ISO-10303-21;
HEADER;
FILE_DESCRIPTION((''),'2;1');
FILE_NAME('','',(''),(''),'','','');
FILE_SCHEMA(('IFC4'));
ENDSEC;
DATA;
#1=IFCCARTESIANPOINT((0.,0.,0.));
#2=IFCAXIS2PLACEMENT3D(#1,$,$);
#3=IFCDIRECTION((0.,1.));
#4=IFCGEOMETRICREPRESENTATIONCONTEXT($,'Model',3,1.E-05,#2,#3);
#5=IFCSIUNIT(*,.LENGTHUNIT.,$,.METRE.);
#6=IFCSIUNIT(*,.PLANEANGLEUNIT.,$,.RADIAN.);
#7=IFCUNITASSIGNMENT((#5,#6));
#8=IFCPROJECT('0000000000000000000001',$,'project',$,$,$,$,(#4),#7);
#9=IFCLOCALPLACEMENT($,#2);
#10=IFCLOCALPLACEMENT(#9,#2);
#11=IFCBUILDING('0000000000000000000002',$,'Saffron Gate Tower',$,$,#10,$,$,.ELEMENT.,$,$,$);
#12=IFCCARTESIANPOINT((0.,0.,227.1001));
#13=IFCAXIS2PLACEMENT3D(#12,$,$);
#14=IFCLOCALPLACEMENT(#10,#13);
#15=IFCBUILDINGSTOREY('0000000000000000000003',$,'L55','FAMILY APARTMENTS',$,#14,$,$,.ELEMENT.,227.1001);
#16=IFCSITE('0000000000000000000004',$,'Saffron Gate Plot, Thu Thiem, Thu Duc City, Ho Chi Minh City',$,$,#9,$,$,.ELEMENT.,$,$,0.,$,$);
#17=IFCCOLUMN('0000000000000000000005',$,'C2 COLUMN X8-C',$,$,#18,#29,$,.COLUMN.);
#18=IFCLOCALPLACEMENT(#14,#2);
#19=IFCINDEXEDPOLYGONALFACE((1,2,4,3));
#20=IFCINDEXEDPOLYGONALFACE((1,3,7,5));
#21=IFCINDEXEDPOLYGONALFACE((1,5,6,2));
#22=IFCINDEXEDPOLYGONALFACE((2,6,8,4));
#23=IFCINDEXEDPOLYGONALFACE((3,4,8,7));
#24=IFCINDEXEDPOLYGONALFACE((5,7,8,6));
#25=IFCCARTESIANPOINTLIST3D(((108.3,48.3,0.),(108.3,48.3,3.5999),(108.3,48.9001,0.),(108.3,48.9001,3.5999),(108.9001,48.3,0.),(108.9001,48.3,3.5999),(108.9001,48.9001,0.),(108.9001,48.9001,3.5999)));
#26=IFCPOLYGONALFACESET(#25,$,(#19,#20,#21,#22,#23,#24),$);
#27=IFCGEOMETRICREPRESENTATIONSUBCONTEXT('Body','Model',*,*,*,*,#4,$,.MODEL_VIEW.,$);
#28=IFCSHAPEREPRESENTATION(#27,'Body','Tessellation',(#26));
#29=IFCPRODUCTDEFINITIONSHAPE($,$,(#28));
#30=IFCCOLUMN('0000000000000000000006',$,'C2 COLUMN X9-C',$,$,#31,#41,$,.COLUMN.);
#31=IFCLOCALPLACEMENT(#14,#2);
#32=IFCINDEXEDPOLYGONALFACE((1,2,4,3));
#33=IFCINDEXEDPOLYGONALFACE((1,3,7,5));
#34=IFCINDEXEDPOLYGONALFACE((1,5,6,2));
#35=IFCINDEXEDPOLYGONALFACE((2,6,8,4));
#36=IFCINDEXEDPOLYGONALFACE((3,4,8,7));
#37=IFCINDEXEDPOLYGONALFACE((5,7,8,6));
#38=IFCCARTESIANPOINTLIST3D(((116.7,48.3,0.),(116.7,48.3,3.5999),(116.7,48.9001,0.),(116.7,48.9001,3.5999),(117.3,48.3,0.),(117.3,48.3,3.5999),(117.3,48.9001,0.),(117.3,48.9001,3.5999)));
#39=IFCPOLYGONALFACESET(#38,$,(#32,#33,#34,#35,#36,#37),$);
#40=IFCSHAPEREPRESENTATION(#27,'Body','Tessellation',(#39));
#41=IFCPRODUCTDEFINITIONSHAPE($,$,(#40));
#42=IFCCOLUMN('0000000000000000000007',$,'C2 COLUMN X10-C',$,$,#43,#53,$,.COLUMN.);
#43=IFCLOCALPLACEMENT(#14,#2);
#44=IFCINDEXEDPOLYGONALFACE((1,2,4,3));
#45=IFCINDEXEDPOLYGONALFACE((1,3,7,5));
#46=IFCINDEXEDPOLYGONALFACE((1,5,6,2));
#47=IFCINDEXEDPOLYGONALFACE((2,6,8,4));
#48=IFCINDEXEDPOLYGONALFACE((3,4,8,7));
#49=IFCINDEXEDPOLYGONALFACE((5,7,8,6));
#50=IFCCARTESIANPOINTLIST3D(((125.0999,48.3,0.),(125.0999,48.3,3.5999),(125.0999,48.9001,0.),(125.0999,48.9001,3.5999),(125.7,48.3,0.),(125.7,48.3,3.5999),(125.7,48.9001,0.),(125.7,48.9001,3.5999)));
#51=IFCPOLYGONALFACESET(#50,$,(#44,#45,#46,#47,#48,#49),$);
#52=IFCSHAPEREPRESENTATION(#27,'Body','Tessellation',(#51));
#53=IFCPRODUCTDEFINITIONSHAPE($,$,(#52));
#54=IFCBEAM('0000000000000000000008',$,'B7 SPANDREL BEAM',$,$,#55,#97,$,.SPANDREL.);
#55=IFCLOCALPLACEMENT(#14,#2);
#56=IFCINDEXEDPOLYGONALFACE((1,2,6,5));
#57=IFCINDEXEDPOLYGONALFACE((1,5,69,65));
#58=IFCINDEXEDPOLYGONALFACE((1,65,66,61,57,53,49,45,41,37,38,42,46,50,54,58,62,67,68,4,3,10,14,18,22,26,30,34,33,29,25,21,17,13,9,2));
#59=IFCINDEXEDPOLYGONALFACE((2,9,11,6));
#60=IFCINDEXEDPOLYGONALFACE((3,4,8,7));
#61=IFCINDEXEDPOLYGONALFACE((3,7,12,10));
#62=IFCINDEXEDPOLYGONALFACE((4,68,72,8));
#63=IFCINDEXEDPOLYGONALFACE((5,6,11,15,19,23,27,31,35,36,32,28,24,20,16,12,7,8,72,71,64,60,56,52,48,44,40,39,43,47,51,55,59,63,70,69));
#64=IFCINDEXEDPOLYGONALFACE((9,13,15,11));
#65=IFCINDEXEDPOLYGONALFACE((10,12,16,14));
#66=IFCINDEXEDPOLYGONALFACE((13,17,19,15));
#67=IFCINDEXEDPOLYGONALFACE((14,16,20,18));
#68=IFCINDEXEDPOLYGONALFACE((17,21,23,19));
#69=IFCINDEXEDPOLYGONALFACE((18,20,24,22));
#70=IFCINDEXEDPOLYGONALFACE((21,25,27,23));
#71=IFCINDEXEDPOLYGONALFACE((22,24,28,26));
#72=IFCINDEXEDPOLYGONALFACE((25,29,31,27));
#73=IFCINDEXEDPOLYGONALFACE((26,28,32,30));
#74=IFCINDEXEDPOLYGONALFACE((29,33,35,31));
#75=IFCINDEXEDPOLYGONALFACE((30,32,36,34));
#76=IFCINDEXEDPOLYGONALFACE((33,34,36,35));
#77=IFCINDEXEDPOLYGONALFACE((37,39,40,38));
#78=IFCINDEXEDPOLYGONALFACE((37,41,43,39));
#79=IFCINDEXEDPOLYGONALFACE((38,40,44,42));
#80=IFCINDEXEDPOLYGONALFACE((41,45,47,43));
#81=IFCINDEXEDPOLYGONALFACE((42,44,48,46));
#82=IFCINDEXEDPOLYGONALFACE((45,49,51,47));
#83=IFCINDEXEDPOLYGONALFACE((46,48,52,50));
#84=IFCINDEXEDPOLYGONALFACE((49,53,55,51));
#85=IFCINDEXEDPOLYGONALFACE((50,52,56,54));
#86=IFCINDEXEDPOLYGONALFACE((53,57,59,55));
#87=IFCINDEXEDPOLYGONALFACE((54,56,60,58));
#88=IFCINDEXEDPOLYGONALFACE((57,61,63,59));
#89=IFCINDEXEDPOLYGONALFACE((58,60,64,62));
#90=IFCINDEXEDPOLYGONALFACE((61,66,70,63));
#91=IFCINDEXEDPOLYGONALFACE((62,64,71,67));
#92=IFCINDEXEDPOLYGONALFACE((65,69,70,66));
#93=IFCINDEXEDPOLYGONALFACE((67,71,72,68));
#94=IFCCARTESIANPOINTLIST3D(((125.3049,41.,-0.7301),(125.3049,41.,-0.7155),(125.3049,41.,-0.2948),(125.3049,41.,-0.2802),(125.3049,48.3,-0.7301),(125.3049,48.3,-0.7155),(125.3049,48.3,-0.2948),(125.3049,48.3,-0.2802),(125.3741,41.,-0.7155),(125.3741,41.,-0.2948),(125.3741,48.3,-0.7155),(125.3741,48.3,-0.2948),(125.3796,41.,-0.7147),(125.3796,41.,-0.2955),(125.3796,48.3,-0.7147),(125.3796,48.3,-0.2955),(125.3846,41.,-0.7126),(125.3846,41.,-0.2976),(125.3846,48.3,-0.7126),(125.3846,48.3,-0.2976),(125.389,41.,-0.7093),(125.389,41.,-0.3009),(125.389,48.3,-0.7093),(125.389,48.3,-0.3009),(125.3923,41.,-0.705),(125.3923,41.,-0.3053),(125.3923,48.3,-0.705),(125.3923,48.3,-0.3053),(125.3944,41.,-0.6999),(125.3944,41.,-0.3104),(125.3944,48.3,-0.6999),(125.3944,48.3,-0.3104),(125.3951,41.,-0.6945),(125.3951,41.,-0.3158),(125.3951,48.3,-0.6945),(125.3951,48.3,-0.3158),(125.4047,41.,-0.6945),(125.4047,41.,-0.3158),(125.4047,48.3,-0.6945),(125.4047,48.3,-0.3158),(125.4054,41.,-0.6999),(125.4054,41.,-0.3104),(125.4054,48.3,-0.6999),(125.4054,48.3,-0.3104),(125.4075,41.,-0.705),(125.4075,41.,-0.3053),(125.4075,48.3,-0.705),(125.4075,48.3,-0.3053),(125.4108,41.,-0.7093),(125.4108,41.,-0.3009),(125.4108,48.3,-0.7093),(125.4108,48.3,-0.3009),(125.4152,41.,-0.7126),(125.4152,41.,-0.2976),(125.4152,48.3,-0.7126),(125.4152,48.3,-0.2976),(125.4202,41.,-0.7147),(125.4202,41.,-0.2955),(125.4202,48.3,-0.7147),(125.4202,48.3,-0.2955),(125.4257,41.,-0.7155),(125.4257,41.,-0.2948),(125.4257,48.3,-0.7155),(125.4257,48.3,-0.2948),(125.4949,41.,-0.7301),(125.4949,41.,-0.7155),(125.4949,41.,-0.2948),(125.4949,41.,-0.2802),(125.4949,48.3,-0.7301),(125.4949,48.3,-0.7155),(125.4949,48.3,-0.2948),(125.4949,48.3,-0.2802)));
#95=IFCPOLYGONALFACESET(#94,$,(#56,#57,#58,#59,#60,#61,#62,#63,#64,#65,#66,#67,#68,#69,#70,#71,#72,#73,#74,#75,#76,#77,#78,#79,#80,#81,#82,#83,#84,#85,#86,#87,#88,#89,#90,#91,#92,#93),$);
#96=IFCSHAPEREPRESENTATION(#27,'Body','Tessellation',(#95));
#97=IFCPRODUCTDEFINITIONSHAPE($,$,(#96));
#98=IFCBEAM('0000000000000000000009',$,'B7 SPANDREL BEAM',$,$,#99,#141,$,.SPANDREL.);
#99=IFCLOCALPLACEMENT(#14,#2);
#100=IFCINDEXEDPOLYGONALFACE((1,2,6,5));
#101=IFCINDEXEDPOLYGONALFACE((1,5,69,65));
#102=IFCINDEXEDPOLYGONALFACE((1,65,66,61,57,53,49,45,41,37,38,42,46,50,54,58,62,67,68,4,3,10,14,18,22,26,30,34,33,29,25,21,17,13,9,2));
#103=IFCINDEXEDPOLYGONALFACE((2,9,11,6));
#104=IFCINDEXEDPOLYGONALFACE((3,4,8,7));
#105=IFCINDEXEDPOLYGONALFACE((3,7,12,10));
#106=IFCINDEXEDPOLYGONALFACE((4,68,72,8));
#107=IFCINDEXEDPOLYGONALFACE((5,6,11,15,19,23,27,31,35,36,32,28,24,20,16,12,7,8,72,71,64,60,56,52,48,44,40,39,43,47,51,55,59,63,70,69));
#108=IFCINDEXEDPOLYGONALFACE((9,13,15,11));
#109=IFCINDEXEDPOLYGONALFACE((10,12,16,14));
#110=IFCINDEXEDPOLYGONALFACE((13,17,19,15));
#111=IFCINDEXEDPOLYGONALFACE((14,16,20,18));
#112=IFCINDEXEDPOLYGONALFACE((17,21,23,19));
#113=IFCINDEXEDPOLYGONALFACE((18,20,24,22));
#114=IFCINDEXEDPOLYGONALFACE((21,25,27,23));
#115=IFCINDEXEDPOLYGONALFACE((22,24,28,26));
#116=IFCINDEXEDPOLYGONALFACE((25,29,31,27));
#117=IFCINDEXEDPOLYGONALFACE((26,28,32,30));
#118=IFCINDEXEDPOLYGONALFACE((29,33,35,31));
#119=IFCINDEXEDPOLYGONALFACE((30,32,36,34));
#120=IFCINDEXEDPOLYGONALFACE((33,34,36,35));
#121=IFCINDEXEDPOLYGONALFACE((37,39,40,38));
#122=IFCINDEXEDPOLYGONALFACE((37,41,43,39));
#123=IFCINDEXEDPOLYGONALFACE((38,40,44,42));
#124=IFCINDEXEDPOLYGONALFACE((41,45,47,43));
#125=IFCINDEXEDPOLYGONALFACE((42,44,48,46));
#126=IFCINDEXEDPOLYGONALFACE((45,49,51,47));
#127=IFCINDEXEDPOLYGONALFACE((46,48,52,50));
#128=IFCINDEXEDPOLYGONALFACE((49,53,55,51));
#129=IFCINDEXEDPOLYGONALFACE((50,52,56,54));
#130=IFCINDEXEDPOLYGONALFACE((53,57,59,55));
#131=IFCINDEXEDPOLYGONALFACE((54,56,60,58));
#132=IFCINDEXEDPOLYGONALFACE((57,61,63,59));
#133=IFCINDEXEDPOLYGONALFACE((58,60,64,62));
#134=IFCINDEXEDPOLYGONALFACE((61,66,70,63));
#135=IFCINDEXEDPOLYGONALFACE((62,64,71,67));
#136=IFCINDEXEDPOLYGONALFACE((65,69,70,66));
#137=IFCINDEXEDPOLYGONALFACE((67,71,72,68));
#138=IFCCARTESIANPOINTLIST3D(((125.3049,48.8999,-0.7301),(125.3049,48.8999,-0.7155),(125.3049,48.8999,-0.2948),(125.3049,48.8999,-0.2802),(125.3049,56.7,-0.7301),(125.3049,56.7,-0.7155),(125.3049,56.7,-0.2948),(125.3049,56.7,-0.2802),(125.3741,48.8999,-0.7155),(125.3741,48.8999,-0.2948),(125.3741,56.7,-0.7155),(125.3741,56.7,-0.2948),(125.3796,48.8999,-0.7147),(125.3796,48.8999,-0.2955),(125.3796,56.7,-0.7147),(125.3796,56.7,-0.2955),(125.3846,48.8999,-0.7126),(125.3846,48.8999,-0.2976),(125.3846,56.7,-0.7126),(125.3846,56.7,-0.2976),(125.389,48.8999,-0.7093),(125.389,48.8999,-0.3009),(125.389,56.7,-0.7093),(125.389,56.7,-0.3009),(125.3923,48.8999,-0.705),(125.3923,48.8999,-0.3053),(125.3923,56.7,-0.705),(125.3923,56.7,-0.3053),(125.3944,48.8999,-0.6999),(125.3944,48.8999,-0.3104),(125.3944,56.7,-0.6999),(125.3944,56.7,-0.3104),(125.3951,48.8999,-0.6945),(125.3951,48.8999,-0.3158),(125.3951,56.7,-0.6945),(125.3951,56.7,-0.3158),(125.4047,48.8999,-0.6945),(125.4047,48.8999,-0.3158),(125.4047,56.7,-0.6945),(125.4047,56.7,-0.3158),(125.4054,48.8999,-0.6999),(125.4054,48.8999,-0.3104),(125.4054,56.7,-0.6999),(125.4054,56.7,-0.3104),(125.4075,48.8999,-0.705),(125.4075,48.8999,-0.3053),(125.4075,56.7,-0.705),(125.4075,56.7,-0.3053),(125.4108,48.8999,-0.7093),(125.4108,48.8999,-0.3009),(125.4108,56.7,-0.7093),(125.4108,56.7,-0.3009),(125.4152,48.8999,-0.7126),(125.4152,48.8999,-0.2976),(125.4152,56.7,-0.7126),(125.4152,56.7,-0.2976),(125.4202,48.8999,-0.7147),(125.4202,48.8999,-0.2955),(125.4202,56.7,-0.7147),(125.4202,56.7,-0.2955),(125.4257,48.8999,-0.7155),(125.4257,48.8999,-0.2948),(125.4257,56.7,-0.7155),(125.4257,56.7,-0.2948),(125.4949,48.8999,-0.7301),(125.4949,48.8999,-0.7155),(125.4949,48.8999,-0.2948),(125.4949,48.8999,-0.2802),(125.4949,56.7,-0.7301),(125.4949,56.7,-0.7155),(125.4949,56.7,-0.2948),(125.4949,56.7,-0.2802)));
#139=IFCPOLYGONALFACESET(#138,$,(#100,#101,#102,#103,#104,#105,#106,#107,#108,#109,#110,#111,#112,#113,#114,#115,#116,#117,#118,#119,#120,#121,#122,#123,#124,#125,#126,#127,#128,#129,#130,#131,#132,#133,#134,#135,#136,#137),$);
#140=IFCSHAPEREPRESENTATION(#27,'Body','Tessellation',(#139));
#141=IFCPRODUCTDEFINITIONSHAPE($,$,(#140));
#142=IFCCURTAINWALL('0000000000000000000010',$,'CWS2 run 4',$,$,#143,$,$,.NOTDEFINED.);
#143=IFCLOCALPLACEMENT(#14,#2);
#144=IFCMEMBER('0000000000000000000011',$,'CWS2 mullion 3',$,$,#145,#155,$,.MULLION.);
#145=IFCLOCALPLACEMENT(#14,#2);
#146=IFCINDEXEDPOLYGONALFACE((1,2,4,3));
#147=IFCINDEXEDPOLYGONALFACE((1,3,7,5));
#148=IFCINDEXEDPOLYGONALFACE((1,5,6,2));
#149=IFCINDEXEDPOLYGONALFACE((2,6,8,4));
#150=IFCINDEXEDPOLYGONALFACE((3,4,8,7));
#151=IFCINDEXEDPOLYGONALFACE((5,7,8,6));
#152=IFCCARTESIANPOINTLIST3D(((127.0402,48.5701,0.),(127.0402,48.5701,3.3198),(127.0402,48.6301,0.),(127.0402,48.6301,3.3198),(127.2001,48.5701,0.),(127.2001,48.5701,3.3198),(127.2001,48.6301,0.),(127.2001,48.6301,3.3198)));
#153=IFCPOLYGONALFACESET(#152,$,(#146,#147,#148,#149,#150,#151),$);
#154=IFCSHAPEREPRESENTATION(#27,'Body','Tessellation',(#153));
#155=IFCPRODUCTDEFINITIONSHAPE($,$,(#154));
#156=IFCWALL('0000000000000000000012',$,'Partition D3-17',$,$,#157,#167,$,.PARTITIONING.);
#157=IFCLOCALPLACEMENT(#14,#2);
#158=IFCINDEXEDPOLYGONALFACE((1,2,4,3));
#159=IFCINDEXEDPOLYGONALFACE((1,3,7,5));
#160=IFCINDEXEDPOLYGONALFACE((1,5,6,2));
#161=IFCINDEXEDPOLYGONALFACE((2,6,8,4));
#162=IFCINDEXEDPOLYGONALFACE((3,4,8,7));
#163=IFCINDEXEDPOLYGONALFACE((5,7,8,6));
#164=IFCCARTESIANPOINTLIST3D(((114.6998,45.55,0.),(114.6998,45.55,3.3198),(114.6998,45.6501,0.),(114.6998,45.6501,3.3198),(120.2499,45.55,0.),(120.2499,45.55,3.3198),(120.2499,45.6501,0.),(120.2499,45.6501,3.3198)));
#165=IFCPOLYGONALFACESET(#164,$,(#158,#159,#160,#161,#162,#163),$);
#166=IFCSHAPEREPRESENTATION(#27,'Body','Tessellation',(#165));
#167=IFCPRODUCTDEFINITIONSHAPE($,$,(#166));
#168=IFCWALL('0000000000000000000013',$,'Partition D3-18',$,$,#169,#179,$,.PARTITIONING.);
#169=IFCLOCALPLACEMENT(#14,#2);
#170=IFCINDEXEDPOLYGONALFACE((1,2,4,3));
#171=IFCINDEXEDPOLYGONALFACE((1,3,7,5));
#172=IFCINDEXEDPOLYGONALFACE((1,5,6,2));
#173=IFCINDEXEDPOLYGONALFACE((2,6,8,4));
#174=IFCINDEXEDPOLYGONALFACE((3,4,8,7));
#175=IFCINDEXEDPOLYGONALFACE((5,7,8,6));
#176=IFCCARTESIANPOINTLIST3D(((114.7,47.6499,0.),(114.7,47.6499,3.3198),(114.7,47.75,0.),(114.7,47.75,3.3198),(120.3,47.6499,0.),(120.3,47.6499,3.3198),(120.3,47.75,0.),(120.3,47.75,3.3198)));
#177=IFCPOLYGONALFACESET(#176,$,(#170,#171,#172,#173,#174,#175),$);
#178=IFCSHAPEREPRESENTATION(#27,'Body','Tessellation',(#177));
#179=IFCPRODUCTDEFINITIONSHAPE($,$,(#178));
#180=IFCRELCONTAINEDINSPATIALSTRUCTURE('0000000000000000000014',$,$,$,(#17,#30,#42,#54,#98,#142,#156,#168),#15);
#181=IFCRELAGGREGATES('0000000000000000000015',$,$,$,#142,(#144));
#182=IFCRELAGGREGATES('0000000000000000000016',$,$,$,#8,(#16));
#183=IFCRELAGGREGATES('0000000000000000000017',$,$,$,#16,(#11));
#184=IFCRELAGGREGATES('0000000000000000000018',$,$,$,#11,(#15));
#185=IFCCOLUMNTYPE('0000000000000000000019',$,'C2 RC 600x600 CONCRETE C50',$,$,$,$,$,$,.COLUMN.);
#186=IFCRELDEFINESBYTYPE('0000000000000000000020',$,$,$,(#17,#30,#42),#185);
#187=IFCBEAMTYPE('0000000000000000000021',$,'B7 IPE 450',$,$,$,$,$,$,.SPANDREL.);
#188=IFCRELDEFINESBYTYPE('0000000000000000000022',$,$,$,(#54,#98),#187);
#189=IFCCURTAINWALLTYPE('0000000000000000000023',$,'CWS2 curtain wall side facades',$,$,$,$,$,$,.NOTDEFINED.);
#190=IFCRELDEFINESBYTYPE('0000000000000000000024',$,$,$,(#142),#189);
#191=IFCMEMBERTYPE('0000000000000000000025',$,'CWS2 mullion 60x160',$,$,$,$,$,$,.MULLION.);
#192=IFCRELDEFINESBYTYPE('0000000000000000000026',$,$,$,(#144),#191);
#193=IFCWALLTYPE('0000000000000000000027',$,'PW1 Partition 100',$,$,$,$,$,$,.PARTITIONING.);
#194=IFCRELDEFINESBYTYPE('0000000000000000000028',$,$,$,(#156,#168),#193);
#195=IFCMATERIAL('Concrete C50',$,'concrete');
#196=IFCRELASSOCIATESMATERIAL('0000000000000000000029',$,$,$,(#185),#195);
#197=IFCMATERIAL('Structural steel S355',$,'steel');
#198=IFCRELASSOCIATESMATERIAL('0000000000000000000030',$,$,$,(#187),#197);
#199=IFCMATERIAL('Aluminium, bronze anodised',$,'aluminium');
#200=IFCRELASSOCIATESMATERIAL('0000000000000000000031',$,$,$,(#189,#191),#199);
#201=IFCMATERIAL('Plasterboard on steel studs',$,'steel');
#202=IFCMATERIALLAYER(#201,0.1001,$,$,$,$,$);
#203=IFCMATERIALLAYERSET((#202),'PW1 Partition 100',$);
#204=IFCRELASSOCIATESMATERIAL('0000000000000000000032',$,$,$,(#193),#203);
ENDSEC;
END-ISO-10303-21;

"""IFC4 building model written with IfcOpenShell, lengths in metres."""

from ifc_helpers import new_model, si_unit, direction, frame, frame_2d, origin, origin_2d, place, context, subcontext, project, spatial, rectangle, i_section, extrude, material, layer, layer_set, material_profile, profile_set, type_object, element, aggregate, save


model = new_model("IFC4")

# Units and contexts
model_context = context("Model", 3, precision=1e-05, world=origin(), true_north=direction((0.0, 1.0)))
body_context = subcontext(model_context, "Body", "Model", "MODEL_VIEW")
ifc_project = project(units=[si_unit("LENGTHUNIT", "METRE"), si_unit("PLANEANGLEUNIT", "RADIAN")], contexts=[model_context])

# Site, building, storey
site_placement = place(None, origin())
site = spatial("IfcSite", under=ifc_project, at=site_placement, Name="Saffron Gate Plot, Thu Thiem, Thu Duc City, Ho Chi Minh City", CompositionType="ELEMENT", RefElevation=0.0)
building_placement = place(site_placement, origin())
building = spatial("IfcBuilding", under=site, at=building_placement, Name="Saffron Gate Tower", CompositionType="ELEMENT")
storey_placement = place(building_placement, frame((0.0, 0.0, 227.1001)))
storey = spatial("IfcBuildingStorey", under=building, at=storey_placement, Name="L55", Description="FAMILY APARTMENTS", CompositionType="ELEMENT", Elevation=227.1001)

# Columns
ifc_material_1 = material(Name="Concrete C50", Category="concrete")
ifc_material_profile_1 = material_profile(ifc_material_1, rectangle(XDim=0.6001, YDim=0.6001, at=origin_2d()))
ifc_profile_set_1 = profile_set([ifc_material_profile_1], Name="Concrete C50")
column_type = type_object("IfcColumnType", Name="C2 RC 600x600 CONCRETE C50", PredefinedType="COLUMN", material=ifc_profile_set_1)
for number, where, z_axis, x_axis, name in (
    (1, (108.6001, 48.6001, 0.0), (0.0, 0.0, 1.0), (1.0, 0.0, 0.0), "C2 COLUMN X8-C"),
    (2, (117.0, 48.6001, 0.0), (0.0, 0.0, 1.0), (1.0, 0.0, 0.0), "C2 COLUMN X9-C"),
    (3, (125.3999, 48.6001, 0.0), (0.0, 0.0, 1.0), (1.0, 0.0, 0.0), "C2 COLUMN X10-C"),
):
    element("IfcColumn", number, at=place(storey_placement, frame(where, z_axis=z_axis, x_axis=x_axis)), inside=storey, type_object=column_type, Name=name, PredefinedType="COLUMN", context=body_context, shape_type="SweptSolid", body=[
        extrude(rectangle(XDim=0.6001, YDim=0.6001, at=origin_2d()), origin(), (0.0, 0.0, 1.0), 3.5999),
    ])

# Beams
ifc_material_2 = material(Name="Structural steel S355", Category="steel")
ifc_material_profile_2 = material_profile(ifc_material_2, i_section(OverallWidth=0.1899, OverallDepth=0.45, WebThickness=0.0095, FlangeThickness=0.0146, FilletRadius=0.021, at=origin_2d()))
ifc_profile_set_2 = profile_set([ifc_material_profile_2], Name="Structural steel S355")
beam_type = type_object("IfcBeamType", Name="B7 IPE 450", PredefinedType="SPANDREL", material=ifc_profile_set_2)
beam_1_placement = place(storey_placement, frame((125.3999, 41.0, -0.5051), z_axis=(0.0, 1.0, 0.0), x_axis=(-1.0, 0.0, 0.0)))
element("IfcBeam", 4, at=beam_1_placement, inside=storey, type_object=beam_type, Name="B7 SPANDREL BEAM", PredefinedType="SPANDREL", context=body_context, shape_type="SweptSolid", body=[
    extrude(i_section(OverallWidth=0.1899, OverallDepth=0.45, WebThickness=0.0095, FlangeThickness=0.0146, FilletRadius=0.021, at=origin_2d()), origin(), (0.0, 0.0, 1.0), 7.3),
])
beam_2_placement = place(storey_placement, frame((125.3999, 48.8999, -0.5051), z_axis=(0.0, 1.0, 0.0), x_axis=(-1.0, 0.0, 0.0)))
element("IfcBeam", 5, at=beam_2_placement, inside=storey, type_object=beam_type, Name="B7 SPANDREL BEAM", PredefinedType="SPANDREL", context=body_context, shape_type="SweptSolid", body=[
    extrude(i_section(OverallWidth=0.1899, OverallDepth=0.45, WebThickness=0.0095, FlangeThickness=0.0146, FilletRadius=0.021, at=origin_2d()), origin(), (0.0, 0.0, 1.0), 7.8),
])

# Curtain wall, member
ifc_material_3 = material(Name="Aluminium, bronze anodised", Category="aluminium")
curtain_wall_type = type_object("IfcCurtainWallType", Name="CWS2 curtain wall side facades", PredefinedType="NOTDEFINED", material=ifc_material_3)
curtain_wall_placement = place(storey_placement, origin())
curtain_wall = element("IfcCurtainWall", 6, at=curtain_wall_placement, inside=storey, type_object=curtain_wall_type, Name="CWS2 run 4", PredefinedType="NOTDEFINED")
ifc_material_profile_3 = material_profile(ifc_material_3, rectangle(XDim=0.1599, YDim=0.0601, at=origin_2d()))
ifc_profile_set_3 = profile_set([ifc_material_profile_3], Name="Aluminium, bronze anodised")
member_type = type_object("IfcMemberType", Name="CWS2 mullion 60x160", PredefinedType="MULLION", material=ifc_profile_set_3)
member_placement = place(storey_placement, frame((127.1201, 48.6001, 0.0), z_axis=(0.0, 0.0, 1.0), x_axis=(-1.0, 0.0, 0.0)))
member = element("IfcMember", 7, at=member_placement, type_object=member_type, Name="CWS2 mullion 3", PredefinedType="MULLION", context=body_context, shape_type="SweptSolid", body=[
    extrude(rectangle(XDim=0.1599, YDim=0.0601, at=origin_2d()), origin(), (0.0, 0.0, 1.0), 3.3198),
])
aggregate(curtain_wall, [member])

# Walls
ifc_material_4 = material(Name="Plasterboard on steel studs", Category="steel")
ifc_layer_1 = layer(ifc_material_4, 0.1001)
ifc_layer_set_1 = layer_set([ifc_layer_1], Name="PW1 Partition 100")
wall_type_1 = type_object("IfcWallType", Name="PW1 Partition 100", PredefinedType="PARTITIONING", material=ifc_layer_set_1)
wall_1_placement = place(storey_placement, frame((114.7, 45.6001, 0.0), z_axis=(0.0, 0.0, 1.0), x_axis=(1.0, 0.0, 0.0)))
element("IfcWall", 8, at=wall_1_placement, inside=storey, type_object=wall_type_1, Name="Partition D3-17", PredefinedType="PARTITIONING", context=body_context, shape_type="SweptSolid", body=[
    extrude(rectangle(XDim=5.55, YDim=0.1001, at=frame_2d((2.7749, 0.0))), origin(), (0.0, 0.0, 1.0), 3.3198),
])
wall_2_placement = place(storey_placement, frame((114.7, 47.7, 0.0), z_axis=(0.0, 0.0, 1.0), x_axis=(1.0, 0.0, 0.0)))
element("IfcWall", 9, at=wall_2_placement, inside=storey, type_object=wall_type_1, Name="Partition D3-18", PredefinedType="PARTITIONING", context=body_context, shape_type="SweptSolid", body=[
    extrude(rectangle(XDim=5.6001, YDim=0.1001, at=frame_2d((2.8, 0.0))), origin(), (0.0, 0.0, 1.0), 3.3198),
])

save(model, "model.ifc")
